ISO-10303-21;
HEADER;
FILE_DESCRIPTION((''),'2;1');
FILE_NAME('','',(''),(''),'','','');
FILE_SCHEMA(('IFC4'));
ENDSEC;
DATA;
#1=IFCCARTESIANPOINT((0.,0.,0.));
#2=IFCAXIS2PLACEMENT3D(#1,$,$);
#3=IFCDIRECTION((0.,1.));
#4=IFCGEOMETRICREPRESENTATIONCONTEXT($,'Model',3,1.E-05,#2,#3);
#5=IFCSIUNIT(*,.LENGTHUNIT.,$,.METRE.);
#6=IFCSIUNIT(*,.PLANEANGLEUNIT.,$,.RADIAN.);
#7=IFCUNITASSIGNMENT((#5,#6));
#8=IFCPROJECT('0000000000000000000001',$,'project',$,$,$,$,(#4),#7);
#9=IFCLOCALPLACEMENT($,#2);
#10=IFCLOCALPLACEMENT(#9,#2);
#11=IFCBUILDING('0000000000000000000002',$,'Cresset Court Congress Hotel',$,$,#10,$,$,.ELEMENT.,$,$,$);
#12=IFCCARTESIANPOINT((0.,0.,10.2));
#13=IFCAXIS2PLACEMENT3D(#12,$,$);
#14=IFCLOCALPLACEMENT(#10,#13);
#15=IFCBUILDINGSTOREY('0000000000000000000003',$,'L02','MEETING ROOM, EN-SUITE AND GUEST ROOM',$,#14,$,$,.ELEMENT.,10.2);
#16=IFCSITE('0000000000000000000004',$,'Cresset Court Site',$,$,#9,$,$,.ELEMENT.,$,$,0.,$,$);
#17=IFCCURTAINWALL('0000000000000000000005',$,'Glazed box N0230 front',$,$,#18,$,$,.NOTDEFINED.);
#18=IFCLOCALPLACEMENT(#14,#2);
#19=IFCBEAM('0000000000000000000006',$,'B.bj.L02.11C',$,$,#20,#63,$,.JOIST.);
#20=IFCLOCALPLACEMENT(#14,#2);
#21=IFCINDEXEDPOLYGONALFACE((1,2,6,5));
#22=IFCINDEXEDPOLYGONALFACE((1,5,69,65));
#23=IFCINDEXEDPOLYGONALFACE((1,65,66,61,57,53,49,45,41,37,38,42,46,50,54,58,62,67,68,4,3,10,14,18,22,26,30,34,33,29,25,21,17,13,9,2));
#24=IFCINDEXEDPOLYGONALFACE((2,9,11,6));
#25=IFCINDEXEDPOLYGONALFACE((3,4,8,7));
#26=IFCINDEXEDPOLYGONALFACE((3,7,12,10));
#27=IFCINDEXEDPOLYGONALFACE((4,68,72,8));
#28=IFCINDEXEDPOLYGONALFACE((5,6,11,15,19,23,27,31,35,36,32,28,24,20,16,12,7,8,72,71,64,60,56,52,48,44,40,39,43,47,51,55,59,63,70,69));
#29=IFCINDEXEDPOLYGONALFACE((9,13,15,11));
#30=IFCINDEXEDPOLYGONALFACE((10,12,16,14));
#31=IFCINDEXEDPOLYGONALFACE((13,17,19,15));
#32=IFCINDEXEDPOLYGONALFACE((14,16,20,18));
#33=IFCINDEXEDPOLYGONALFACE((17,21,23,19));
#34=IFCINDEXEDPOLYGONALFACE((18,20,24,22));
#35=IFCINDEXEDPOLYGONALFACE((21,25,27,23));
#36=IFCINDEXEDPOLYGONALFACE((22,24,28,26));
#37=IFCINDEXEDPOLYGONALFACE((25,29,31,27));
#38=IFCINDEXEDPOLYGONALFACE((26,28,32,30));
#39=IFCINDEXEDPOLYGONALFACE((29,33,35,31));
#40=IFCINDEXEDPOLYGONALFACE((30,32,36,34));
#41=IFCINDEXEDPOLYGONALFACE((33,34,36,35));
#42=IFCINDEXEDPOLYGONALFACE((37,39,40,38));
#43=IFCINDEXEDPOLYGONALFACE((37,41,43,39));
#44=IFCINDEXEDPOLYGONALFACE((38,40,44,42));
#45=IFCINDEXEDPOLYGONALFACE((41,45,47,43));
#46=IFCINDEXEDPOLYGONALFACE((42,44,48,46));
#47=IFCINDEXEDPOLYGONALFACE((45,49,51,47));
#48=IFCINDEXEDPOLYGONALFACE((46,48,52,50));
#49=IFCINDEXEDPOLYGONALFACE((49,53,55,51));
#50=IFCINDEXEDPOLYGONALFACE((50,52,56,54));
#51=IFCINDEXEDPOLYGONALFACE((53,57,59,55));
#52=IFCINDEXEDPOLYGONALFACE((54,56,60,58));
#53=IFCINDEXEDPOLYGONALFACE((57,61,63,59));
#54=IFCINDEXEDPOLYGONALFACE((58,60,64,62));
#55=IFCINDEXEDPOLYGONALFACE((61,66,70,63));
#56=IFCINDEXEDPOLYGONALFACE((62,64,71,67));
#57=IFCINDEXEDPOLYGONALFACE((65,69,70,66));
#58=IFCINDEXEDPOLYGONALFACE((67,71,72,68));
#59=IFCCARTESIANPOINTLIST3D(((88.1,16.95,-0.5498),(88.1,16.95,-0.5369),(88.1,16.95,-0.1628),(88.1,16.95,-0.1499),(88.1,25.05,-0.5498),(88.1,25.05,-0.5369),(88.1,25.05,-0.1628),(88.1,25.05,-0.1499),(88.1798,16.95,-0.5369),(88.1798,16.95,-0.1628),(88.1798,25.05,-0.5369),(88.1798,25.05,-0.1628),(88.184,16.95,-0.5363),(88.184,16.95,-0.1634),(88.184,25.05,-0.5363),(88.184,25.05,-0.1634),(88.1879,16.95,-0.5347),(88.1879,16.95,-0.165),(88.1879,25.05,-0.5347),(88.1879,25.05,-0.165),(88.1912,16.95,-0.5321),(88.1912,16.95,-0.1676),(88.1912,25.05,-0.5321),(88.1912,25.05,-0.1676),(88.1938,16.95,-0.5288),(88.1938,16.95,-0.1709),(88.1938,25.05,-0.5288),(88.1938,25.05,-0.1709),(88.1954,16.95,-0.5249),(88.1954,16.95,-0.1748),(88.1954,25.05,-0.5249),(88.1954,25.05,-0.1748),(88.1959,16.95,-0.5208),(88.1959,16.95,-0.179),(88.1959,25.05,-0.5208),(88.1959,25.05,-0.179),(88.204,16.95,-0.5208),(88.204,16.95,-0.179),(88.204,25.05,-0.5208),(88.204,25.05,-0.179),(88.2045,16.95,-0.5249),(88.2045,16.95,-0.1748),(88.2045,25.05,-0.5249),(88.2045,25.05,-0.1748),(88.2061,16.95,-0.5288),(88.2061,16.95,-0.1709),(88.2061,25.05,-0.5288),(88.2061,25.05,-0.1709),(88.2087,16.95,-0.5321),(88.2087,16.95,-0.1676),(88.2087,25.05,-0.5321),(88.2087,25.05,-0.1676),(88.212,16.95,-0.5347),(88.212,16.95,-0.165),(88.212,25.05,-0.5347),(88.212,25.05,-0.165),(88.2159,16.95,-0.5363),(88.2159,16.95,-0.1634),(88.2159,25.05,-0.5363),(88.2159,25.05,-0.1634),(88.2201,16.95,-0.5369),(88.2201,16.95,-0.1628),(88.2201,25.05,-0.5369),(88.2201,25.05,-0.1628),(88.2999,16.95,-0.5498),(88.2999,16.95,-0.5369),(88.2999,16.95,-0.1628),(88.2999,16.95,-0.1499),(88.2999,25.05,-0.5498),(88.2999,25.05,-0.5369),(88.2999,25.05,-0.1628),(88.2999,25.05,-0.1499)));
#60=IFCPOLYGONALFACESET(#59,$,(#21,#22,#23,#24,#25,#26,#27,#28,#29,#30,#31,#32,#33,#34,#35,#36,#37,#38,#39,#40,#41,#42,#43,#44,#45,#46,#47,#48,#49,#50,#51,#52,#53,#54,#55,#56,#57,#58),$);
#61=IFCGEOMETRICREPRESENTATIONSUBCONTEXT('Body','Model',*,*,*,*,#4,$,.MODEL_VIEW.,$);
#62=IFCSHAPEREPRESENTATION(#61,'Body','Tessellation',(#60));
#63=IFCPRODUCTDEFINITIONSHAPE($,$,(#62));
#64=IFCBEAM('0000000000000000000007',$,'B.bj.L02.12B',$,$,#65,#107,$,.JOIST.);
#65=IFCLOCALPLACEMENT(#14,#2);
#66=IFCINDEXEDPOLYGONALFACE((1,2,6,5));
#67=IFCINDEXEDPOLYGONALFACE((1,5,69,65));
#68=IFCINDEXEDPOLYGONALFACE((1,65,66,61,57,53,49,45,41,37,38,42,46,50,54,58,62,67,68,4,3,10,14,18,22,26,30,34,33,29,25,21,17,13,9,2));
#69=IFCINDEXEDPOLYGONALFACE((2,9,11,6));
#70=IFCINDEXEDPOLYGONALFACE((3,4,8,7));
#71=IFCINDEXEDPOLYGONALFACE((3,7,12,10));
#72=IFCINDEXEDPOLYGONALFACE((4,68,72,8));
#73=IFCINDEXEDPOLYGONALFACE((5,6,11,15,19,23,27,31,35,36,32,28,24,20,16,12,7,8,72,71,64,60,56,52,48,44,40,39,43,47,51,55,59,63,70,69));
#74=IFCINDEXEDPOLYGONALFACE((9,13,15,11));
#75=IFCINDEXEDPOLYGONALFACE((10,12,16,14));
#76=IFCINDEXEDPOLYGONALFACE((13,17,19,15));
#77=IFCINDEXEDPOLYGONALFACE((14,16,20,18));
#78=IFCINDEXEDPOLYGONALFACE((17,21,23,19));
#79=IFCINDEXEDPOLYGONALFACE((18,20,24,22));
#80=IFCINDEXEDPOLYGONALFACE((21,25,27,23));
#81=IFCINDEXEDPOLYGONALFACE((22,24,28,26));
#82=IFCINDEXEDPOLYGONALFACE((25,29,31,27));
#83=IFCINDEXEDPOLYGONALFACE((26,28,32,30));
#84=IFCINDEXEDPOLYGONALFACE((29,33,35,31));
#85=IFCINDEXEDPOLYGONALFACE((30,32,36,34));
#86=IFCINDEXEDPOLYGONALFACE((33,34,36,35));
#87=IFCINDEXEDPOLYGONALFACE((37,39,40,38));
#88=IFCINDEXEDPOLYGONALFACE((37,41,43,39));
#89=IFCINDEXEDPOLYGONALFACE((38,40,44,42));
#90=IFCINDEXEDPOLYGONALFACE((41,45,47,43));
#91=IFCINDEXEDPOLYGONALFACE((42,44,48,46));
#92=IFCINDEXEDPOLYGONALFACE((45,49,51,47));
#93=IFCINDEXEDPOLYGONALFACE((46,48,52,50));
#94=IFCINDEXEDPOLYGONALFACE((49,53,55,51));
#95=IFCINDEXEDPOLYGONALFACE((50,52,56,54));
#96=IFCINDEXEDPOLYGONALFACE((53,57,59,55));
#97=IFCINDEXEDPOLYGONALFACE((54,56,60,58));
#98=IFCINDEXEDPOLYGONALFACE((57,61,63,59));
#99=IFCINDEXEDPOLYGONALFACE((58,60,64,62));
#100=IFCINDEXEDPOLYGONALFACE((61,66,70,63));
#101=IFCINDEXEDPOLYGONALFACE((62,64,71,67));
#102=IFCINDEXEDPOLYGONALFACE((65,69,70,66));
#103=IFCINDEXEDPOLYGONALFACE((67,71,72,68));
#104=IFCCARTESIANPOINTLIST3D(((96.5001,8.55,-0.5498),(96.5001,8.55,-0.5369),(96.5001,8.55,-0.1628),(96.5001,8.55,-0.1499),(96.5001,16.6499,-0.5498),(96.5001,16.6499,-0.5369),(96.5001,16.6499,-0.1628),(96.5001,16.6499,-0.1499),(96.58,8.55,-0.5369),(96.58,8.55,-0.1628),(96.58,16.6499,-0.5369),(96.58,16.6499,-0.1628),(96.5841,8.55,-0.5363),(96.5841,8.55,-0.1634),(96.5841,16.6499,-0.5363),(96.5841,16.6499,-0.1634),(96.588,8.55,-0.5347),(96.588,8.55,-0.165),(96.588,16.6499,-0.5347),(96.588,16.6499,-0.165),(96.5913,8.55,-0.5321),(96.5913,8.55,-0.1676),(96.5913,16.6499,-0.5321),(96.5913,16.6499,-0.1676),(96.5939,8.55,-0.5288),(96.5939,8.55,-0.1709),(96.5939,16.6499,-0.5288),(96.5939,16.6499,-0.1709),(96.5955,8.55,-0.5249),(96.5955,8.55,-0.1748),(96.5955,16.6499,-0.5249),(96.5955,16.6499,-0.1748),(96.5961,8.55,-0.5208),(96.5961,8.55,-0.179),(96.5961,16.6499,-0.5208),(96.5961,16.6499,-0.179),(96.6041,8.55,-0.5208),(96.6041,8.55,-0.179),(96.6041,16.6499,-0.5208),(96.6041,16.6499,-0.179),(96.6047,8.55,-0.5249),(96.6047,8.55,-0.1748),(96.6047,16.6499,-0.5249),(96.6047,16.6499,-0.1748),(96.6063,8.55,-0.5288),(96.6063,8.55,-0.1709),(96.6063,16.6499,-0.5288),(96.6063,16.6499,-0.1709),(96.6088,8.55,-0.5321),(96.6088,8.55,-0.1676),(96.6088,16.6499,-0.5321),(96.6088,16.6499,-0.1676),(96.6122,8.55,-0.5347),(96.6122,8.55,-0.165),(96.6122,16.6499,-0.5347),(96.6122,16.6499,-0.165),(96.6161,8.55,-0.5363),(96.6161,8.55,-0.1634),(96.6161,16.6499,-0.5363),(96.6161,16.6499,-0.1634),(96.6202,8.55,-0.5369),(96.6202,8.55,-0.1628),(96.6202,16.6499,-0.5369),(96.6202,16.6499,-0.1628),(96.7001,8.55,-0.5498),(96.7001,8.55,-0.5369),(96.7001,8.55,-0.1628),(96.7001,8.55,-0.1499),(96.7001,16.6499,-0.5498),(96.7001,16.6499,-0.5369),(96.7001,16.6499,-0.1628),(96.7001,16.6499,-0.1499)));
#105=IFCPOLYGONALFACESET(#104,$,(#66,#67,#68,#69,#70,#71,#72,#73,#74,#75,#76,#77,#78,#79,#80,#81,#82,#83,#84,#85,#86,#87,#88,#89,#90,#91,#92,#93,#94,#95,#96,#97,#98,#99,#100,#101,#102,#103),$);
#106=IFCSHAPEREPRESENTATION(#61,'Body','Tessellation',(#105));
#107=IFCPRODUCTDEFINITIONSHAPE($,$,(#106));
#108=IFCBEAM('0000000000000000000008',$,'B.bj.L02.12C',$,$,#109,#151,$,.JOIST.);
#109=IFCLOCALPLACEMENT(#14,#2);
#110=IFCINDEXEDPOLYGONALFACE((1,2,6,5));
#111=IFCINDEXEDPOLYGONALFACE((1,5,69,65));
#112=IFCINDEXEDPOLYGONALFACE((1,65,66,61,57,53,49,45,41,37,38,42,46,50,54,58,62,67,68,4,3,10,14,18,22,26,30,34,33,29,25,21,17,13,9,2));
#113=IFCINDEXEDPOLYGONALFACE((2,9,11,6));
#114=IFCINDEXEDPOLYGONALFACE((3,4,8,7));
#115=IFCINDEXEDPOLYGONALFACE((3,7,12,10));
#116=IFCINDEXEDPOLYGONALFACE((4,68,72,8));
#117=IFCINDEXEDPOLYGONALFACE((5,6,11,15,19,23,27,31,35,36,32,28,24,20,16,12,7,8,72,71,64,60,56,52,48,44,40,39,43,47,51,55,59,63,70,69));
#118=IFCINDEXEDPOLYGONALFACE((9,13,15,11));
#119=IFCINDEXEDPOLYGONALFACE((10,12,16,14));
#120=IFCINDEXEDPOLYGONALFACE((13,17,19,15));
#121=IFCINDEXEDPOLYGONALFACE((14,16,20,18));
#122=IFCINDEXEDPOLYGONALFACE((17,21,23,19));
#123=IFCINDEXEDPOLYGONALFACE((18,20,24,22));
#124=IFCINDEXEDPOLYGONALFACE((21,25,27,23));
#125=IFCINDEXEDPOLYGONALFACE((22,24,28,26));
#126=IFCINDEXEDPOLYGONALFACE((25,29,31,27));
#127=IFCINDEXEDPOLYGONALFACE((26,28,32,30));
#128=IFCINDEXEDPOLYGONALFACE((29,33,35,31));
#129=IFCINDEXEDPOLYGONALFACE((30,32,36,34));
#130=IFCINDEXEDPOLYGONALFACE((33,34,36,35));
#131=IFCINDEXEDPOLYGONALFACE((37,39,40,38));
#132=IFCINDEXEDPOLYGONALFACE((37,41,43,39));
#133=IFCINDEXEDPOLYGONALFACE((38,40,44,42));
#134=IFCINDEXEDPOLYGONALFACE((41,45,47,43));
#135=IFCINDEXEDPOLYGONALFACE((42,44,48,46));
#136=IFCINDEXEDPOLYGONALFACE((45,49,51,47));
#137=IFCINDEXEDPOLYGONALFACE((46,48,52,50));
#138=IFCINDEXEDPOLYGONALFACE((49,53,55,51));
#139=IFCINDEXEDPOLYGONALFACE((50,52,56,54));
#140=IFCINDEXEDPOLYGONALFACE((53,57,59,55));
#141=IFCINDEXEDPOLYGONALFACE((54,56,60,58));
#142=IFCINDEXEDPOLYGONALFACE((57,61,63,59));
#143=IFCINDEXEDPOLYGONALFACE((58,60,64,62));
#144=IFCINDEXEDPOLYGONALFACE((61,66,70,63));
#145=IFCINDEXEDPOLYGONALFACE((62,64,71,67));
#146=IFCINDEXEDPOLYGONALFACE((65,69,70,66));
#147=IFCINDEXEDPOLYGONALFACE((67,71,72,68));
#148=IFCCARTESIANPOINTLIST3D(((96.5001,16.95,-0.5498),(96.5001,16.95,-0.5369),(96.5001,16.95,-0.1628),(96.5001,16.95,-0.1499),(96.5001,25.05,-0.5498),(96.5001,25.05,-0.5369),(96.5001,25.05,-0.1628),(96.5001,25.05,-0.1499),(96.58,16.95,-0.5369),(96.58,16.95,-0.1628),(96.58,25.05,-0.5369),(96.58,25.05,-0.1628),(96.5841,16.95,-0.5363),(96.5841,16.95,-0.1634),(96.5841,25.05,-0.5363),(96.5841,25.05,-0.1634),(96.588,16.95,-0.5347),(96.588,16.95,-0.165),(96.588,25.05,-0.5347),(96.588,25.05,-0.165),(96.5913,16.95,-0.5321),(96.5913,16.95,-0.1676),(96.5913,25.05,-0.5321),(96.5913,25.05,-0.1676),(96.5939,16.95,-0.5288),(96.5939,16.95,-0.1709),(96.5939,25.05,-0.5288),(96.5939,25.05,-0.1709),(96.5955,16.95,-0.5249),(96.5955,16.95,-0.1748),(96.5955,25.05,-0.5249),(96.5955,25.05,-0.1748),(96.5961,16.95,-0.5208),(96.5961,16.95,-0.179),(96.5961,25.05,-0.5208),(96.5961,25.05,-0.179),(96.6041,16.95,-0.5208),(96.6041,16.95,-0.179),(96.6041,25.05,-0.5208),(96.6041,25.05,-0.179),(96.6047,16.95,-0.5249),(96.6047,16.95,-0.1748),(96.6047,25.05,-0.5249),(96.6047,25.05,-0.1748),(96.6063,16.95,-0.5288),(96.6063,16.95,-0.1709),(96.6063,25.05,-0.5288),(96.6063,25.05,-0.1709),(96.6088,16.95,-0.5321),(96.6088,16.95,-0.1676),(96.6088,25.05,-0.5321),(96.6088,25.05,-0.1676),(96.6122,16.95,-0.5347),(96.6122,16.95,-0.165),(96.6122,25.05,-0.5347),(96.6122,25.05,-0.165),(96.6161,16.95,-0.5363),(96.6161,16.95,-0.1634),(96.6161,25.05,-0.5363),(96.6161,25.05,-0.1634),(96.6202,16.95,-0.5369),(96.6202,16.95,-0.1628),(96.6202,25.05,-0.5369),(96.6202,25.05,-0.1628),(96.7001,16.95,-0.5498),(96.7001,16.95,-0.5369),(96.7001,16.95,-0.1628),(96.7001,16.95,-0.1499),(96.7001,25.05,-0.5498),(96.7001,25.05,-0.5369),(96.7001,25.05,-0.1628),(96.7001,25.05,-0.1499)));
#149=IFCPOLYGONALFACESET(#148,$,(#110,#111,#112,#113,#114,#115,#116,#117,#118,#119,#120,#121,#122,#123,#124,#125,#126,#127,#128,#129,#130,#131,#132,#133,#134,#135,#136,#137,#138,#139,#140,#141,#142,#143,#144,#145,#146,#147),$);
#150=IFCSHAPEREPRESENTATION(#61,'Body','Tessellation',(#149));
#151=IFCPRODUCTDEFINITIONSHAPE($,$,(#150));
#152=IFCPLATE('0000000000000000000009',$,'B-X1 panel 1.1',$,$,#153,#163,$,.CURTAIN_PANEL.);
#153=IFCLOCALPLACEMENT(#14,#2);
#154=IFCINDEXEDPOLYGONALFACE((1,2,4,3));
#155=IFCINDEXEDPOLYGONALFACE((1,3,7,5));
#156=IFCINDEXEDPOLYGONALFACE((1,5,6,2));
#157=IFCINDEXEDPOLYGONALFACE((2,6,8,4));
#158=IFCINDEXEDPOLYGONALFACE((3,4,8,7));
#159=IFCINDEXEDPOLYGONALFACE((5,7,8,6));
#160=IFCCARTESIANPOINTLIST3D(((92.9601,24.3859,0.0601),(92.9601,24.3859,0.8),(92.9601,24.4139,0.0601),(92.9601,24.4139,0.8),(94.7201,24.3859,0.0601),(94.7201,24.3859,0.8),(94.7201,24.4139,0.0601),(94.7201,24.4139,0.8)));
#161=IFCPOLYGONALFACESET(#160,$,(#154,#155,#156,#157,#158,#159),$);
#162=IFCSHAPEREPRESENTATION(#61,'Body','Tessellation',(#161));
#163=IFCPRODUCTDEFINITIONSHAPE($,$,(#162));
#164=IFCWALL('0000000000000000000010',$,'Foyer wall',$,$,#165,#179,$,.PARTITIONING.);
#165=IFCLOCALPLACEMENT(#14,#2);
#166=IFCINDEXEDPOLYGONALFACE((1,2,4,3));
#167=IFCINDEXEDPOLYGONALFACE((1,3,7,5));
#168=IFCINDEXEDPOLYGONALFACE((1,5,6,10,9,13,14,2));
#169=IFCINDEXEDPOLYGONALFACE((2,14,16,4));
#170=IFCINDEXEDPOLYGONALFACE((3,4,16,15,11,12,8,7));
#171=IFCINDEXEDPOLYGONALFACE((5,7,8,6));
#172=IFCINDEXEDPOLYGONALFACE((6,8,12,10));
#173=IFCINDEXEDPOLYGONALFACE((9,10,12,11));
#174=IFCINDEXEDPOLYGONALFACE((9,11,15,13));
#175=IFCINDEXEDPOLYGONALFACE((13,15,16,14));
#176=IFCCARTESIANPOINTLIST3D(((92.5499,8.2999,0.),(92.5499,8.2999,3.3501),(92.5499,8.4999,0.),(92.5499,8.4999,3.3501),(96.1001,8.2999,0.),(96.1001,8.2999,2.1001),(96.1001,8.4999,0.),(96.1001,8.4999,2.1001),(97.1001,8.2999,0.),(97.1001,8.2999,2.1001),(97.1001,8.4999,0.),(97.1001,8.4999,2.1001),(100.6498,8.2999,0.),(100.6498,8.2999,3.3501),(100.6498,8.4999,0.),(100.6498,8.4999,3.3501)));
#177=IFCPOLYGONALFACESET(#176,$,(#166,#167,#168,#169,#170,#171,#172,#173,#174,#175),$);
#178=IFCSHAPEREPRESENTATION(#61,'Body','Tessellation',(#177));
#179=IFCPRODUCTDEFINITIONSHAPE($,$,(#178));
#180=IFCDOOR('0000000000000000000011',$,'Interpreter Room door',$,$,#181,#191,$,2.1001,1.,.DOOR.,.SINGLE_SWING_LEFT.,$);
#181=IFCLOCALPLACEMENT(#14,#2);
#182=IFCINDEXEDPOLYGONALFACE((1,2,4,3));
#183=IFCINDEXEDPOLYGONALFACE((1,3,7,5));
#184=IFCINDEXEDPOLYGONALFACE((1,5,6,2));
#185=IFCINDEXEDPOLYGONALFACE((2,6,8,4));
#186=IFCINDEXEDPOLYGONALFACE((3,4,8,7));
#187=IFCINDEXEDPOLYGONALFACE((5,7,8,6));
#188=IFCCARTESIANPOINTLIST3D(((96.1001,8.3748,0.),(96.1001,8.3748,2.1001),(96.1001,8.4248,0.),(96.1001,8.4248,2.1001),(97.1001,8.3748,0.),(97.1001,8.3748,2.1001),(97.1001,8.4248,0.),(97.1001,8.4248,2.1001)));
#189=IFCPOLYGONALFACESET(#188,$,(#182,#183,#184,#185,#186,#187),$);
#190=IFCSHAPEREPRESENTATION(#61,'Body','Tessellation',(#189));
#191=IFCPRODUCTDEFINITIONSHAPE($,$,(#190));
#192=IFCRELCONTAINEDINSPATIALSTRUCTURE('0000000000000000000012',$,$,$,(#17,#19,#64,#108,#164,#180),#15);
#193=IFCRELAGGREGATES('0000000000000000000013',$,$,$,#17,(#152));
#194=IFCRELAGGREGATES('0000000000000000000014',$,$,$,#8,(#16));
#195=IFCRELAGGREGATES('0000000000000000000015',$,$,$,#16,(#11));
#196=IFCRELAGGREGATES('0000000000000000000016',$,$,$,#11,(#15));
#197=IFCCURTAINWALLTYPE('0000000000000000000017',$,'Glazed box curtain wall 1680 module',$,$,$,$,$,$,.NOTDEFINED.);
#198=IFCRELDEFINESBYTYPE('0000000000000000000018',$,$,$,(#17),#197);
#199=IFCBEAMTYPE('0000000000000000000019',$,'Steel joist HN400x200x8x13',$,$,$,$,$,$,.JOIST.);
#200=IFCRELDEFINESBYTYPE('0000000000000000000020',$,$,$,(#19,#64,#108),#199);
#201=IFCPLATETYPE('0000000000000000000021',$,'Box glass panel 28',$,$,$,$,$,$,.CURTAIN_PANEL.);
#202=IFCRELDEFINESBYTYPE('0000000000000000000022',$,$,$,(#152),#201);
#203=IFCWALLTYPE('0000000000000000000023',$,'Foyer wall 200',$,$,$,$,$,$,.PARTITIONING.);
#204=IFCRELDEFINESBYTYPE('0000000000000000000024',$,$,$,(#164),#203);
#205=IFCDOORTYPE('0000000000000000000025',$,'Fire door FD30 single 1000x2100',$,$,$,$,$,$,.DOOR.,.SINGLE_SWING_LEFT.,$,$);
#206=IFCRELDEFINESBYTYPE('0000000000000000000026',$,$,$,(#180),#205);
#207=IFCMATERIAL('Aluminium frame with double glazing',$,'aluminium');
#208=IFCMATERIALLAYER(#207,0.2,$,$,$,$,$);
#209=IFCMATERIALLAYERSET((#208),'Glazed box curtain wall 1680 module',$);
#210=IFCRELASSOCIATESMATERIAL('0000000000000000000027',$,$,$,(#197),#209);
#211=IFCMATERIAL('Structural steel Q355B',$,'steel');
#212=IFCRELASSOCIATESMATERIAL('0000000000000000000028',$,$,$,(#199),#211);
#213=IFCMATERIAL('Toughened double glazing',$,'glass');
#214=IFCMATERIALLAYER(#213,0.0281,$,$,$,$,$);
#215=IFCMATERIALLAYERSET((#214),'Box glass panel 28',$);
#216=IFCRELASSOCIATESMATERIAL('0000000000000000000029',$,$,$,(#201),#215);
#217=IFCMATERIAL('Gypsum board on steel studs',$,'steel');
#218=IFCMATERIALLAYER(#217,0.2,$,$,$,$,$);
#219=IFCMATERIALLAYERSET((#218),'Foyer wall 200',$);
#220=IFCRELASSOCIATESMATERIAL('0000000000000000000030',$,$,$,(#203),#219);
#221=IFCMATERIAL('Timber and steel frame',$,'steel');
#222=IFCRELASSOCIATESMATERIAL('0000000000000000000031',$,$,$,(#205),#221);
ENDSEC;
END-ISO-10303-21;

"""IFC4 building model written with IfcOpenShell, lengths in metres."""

from ifc_helpers import new_model, si_unit, direction, frame, frame_2d, origin, origin_2d, place, context, subcontext, project, spatial, rectangle, i_section, extrude, material, layer, layer_set, material_profile, profile_set, type_object, element, fill, aggregate, save


model = new_model("IFC4")

# Units and contexts
model_context = context("Model", 3, precision=1e-05, world=origin(), true_north=direction((0.0, 1.0)))
body_context = subcontext(model_context, "Body", "Model", "MODEL_VIEW")
ifc_project = project(units=[si_unit("LENGTHUNIT", "METRE"), si_unit("PLANEANGLEUNIT", "RADIAN")], contexts=[model_context])

# Site, building, storey
site_placement = place(None, origin())
site = spatial("IfcSite", under=ifc_project, at=site_placement, Name="Cresset Court Site", CompositionType="ELEMENT", RefElevation=0.0)
building_placement = place(site_placement, origin())
building = spatial("IfcBuilding", under=site, at=building_placement, Name="Cresset Court Congress Hotel", CompositionType="ELEMENT")
storey_placement = place(building_placement, frame((0.0, 0.0, 10.2)))
storey = spatial("IfcBuildingStorey", under=building, at=storey_placement, Name="L02", Description="MEETING ROOM, EN-SUITE AND GUEST ROOM", CompositionType="ELEMENT", Elevation=10.2)

# Curtain wall
ifc_material_1 = material(Name="Aluminium frame with double glazing", Category="aluminium")
ifc_layer_1 = layer(ifc_material_1, 0.2)
ifc_layer_set_1 = layer_set([ifc_layer_1], Name="Glazed box curtain wall 1680 module")
curtain_wall_type = type_object("IfcCurtainWallType", Name="Glazed box curtain wall 1680 module", PredefinedType="NOTDEFINED", material=ifc_layer_set_1)
curtain_wall_placement = place(storey_placement, origin())
curtain_wall = element("IfcCurtainWall", 1, at=curtain_wall_placement, inside=storey, type_object=curtain_wall_type, Name="Glazed box N0230 front", PredefinedType="NOTDEFINED")

# Beams
ifc_material_2 = material(Name="Structural steel Q355B", Category="steel")
ifc_material_profile_1 = material_profile(ifc_material_2, i_section(OverallWidth=0.2, OverallDepth=0.3999, WebThickness=0.0081, FlangeThickness=0.0129, FilletRadius=0.0161, at=origin_2d()), Name="HN400x200x8x13")
ifc_profile_set_1 = profile_set([ifc_material_profile_1], Name="Structural steel Q355B")
beam_type_1 = type_object("IfcBeamType", Name="Steel joist HN400x200x8x13", PredefinedType="JOIST", material=ifc_profile_set_1)
beam_1_placement = place(storey_placement, frame((88.2, 16.95, -0.3499), z_axis=(0.0, 1.0, 0.0), x_axis=(-1.0, 0.0, 0.0)))
element("IfcBeam", 2, at=beam_1_placement, inside=storey, type_object=beam_type_1, Name="B.bj.L02.11C", PredefinedType="JOIST", context=body_context, shape_type="SweptSolid", body=[
    extrude(i_section(OverallWidth=0.2, OverallDepth=0.3999, WebThickness=0.0081, FlangeThickness=0.0129, FilletRadius=0.0161, at=origin_2d()), origin(), (0.0, 0.0, 1.0), 8.1001),
])
beam_2_placement = place(storey_placement, frame((96.6001, 8.55, -0.3499), z_axis=(0.0, 1.0, 0.0), x_axis=(-1.0, 0.0, 0.0)))
element("IfcBeam", 3, at=beam_2_placement, inside=storey, type_object=beam_type_1, Name="B.bj.L02.12B", PredefinedType="JOIST", context=body_context, shape_type="SweptSolid", body=[
    extrude(i_section(OverallWidth=0.2, OverallDepth=0.3999, WebThickness=0.0081, FlangeThickness=0.0129, FilletRadius=0.0161, at=origin_2d()), origin(), (0.0, 0.0, 1.0), 8.0999),
])
beam_3_placement = place(storey_placement, frame((96.6001, 16.95, -0.3499), z_axis=(0.0, 1.0, 0.0), x_axis=(-1.0, 0.0, 0.0)))
element("IfcBeam", 4, at=beam_3_placement, inside=storey, type_object=beam_type_1, Name="B.bj.L02.12C", PredefinedType="JOIST", context=body_context, shape_type="SweptSolid", body=[
    extrude(i_section(OverallWidth=0.2, OverallDepth=0.3999, WebThickness=0.0081, FlangeThickness=0.0129, FilletRadius=0.0161, at=origin_2d()), origin(), (0.0, 0.0, 1.0), 8.1001),
])

# Plate
ifc_material_3 = material(Name="Toughened double glazing", Category="glass")
ifc_layer_2 = layer(ifc_material_3, 0.0281)
ifc_layer_set_2 = layer_set([ifc_layer_2], Name="Box glass panel 28")
plate_type = type_object("IfcPlateType", Name="Box glass panel 28", PredefinedType="CURTAIN_PANEL", material=ifc_layer_set_2)
plate_placement = place(storey_placement, frame((93.8401, 24.3999, 0.0601), z_axis=(0.0, 0.0, 1.0), x_axis=(1.0, 0.0, 0.0)))
plate = element("IfcPlate", 5, at=plate_placement, type_object=plate_type, Name="B-X1 panel 1.1", PredefinedType="CURTAIN_PANEL", context=body_context, shape_type="SweptSolid", body=[
    extrude(rectangle(XDim=1.76, YDim=0.0281, at=origin_2d()), origin(), (0.0, 0.0, 1.0), 0.74),
])
aggregate(curtain_wall, [plate])

# Wall, opening, door
ifc_material_4 = material(Name="Gypsum board on steel studs", Category="steel")
ifc_layer_3 = layer(ifc_material_4, 0.2)
ifc_layer_set_3 = layer_set([ifc_layer_3], Name="Foyer wall 200")
wall_type_1 = type_object("IfcWallType", Name="Foyer wall 200", PredefinedType="PARTITIONING", material=ifc_layer_set_3)
wall_1_placement = place(storey_placement, frame((92.55, 8.3999, 0.0), z_axis=(0.0, 0.0, 1.0), x_axis=(1.0, 0.0, 0.0)))
wall_1 = element("IfcWall", 6, at=wall_1_placement, inside=storey, type_object=wall_type_1, Name="Foyer wall", PredefinedType="PARTITIONING", context=body_context, shape_type="SweptSolid", body=[
    extrude(rectangle(XDim=8.0999, YDim=0.2, at=frame_2d((4.0498, 0.0))), origin(), (0.0, 0.0, 1.0), 3.3501),
])
opening_1_placement = place(wall_1_placement, frame((3.55, 0.0, 0.0)))
opening_1 = element("IfcOpeningElement", 7, at=opening_1_placement, cuts=wall_1, PredefinedType="OPENING", context=body_context, shape_type="SweptSolid", body=[
    extrude(rectangle(XDim=1.0, YDim=2.1001, at=frame_2d((0.5, 1.05))), frame((0.0, 0.1099, 0.0), z_axis=(0.0, -1.0, 0.0), x_axis=(1.0, 0.0, 0.0)), (0.0, 0.0, 1.0), 0.22),
])
ifc_material_5 = material(Name="Timber and steel frame", Category="steel")
door_type_1 = type_object("IfcDoorType", Name="Fire door FD30 single 1000x2100", OperationType="SINGLE_SWING_LEFT", PredefinedType="DOOR", material=ifc_material_5)
door_1_placement = place(opening_1_placement, origin())
door_1 = element("IfcDoor", 8, at=door_1_placement, inside=storey, type_object=door_type_1, Name="Interpreter Room door", OperationType="SINGLE_SWING_LEFT", OverallHeight=2.1001, OverallWidth=1.0, PredefinedType="DOOR", context=body_context, shape_type="SweptSolid", body=[
    extrude(rectangle(XDim=1.0, YDim=2.1001, at=frame_2d((0.5, 1.05))), frame((0.0, 0.0249, 0.0), z_axis=(0.0, -1.0, 0.0), x_axis=(1.0, 0.0, 0.0)), (0.0, 0.0, 1.0), 0.05),
])
fill(opening_1, door_1)

save(model, "model.ifc")
